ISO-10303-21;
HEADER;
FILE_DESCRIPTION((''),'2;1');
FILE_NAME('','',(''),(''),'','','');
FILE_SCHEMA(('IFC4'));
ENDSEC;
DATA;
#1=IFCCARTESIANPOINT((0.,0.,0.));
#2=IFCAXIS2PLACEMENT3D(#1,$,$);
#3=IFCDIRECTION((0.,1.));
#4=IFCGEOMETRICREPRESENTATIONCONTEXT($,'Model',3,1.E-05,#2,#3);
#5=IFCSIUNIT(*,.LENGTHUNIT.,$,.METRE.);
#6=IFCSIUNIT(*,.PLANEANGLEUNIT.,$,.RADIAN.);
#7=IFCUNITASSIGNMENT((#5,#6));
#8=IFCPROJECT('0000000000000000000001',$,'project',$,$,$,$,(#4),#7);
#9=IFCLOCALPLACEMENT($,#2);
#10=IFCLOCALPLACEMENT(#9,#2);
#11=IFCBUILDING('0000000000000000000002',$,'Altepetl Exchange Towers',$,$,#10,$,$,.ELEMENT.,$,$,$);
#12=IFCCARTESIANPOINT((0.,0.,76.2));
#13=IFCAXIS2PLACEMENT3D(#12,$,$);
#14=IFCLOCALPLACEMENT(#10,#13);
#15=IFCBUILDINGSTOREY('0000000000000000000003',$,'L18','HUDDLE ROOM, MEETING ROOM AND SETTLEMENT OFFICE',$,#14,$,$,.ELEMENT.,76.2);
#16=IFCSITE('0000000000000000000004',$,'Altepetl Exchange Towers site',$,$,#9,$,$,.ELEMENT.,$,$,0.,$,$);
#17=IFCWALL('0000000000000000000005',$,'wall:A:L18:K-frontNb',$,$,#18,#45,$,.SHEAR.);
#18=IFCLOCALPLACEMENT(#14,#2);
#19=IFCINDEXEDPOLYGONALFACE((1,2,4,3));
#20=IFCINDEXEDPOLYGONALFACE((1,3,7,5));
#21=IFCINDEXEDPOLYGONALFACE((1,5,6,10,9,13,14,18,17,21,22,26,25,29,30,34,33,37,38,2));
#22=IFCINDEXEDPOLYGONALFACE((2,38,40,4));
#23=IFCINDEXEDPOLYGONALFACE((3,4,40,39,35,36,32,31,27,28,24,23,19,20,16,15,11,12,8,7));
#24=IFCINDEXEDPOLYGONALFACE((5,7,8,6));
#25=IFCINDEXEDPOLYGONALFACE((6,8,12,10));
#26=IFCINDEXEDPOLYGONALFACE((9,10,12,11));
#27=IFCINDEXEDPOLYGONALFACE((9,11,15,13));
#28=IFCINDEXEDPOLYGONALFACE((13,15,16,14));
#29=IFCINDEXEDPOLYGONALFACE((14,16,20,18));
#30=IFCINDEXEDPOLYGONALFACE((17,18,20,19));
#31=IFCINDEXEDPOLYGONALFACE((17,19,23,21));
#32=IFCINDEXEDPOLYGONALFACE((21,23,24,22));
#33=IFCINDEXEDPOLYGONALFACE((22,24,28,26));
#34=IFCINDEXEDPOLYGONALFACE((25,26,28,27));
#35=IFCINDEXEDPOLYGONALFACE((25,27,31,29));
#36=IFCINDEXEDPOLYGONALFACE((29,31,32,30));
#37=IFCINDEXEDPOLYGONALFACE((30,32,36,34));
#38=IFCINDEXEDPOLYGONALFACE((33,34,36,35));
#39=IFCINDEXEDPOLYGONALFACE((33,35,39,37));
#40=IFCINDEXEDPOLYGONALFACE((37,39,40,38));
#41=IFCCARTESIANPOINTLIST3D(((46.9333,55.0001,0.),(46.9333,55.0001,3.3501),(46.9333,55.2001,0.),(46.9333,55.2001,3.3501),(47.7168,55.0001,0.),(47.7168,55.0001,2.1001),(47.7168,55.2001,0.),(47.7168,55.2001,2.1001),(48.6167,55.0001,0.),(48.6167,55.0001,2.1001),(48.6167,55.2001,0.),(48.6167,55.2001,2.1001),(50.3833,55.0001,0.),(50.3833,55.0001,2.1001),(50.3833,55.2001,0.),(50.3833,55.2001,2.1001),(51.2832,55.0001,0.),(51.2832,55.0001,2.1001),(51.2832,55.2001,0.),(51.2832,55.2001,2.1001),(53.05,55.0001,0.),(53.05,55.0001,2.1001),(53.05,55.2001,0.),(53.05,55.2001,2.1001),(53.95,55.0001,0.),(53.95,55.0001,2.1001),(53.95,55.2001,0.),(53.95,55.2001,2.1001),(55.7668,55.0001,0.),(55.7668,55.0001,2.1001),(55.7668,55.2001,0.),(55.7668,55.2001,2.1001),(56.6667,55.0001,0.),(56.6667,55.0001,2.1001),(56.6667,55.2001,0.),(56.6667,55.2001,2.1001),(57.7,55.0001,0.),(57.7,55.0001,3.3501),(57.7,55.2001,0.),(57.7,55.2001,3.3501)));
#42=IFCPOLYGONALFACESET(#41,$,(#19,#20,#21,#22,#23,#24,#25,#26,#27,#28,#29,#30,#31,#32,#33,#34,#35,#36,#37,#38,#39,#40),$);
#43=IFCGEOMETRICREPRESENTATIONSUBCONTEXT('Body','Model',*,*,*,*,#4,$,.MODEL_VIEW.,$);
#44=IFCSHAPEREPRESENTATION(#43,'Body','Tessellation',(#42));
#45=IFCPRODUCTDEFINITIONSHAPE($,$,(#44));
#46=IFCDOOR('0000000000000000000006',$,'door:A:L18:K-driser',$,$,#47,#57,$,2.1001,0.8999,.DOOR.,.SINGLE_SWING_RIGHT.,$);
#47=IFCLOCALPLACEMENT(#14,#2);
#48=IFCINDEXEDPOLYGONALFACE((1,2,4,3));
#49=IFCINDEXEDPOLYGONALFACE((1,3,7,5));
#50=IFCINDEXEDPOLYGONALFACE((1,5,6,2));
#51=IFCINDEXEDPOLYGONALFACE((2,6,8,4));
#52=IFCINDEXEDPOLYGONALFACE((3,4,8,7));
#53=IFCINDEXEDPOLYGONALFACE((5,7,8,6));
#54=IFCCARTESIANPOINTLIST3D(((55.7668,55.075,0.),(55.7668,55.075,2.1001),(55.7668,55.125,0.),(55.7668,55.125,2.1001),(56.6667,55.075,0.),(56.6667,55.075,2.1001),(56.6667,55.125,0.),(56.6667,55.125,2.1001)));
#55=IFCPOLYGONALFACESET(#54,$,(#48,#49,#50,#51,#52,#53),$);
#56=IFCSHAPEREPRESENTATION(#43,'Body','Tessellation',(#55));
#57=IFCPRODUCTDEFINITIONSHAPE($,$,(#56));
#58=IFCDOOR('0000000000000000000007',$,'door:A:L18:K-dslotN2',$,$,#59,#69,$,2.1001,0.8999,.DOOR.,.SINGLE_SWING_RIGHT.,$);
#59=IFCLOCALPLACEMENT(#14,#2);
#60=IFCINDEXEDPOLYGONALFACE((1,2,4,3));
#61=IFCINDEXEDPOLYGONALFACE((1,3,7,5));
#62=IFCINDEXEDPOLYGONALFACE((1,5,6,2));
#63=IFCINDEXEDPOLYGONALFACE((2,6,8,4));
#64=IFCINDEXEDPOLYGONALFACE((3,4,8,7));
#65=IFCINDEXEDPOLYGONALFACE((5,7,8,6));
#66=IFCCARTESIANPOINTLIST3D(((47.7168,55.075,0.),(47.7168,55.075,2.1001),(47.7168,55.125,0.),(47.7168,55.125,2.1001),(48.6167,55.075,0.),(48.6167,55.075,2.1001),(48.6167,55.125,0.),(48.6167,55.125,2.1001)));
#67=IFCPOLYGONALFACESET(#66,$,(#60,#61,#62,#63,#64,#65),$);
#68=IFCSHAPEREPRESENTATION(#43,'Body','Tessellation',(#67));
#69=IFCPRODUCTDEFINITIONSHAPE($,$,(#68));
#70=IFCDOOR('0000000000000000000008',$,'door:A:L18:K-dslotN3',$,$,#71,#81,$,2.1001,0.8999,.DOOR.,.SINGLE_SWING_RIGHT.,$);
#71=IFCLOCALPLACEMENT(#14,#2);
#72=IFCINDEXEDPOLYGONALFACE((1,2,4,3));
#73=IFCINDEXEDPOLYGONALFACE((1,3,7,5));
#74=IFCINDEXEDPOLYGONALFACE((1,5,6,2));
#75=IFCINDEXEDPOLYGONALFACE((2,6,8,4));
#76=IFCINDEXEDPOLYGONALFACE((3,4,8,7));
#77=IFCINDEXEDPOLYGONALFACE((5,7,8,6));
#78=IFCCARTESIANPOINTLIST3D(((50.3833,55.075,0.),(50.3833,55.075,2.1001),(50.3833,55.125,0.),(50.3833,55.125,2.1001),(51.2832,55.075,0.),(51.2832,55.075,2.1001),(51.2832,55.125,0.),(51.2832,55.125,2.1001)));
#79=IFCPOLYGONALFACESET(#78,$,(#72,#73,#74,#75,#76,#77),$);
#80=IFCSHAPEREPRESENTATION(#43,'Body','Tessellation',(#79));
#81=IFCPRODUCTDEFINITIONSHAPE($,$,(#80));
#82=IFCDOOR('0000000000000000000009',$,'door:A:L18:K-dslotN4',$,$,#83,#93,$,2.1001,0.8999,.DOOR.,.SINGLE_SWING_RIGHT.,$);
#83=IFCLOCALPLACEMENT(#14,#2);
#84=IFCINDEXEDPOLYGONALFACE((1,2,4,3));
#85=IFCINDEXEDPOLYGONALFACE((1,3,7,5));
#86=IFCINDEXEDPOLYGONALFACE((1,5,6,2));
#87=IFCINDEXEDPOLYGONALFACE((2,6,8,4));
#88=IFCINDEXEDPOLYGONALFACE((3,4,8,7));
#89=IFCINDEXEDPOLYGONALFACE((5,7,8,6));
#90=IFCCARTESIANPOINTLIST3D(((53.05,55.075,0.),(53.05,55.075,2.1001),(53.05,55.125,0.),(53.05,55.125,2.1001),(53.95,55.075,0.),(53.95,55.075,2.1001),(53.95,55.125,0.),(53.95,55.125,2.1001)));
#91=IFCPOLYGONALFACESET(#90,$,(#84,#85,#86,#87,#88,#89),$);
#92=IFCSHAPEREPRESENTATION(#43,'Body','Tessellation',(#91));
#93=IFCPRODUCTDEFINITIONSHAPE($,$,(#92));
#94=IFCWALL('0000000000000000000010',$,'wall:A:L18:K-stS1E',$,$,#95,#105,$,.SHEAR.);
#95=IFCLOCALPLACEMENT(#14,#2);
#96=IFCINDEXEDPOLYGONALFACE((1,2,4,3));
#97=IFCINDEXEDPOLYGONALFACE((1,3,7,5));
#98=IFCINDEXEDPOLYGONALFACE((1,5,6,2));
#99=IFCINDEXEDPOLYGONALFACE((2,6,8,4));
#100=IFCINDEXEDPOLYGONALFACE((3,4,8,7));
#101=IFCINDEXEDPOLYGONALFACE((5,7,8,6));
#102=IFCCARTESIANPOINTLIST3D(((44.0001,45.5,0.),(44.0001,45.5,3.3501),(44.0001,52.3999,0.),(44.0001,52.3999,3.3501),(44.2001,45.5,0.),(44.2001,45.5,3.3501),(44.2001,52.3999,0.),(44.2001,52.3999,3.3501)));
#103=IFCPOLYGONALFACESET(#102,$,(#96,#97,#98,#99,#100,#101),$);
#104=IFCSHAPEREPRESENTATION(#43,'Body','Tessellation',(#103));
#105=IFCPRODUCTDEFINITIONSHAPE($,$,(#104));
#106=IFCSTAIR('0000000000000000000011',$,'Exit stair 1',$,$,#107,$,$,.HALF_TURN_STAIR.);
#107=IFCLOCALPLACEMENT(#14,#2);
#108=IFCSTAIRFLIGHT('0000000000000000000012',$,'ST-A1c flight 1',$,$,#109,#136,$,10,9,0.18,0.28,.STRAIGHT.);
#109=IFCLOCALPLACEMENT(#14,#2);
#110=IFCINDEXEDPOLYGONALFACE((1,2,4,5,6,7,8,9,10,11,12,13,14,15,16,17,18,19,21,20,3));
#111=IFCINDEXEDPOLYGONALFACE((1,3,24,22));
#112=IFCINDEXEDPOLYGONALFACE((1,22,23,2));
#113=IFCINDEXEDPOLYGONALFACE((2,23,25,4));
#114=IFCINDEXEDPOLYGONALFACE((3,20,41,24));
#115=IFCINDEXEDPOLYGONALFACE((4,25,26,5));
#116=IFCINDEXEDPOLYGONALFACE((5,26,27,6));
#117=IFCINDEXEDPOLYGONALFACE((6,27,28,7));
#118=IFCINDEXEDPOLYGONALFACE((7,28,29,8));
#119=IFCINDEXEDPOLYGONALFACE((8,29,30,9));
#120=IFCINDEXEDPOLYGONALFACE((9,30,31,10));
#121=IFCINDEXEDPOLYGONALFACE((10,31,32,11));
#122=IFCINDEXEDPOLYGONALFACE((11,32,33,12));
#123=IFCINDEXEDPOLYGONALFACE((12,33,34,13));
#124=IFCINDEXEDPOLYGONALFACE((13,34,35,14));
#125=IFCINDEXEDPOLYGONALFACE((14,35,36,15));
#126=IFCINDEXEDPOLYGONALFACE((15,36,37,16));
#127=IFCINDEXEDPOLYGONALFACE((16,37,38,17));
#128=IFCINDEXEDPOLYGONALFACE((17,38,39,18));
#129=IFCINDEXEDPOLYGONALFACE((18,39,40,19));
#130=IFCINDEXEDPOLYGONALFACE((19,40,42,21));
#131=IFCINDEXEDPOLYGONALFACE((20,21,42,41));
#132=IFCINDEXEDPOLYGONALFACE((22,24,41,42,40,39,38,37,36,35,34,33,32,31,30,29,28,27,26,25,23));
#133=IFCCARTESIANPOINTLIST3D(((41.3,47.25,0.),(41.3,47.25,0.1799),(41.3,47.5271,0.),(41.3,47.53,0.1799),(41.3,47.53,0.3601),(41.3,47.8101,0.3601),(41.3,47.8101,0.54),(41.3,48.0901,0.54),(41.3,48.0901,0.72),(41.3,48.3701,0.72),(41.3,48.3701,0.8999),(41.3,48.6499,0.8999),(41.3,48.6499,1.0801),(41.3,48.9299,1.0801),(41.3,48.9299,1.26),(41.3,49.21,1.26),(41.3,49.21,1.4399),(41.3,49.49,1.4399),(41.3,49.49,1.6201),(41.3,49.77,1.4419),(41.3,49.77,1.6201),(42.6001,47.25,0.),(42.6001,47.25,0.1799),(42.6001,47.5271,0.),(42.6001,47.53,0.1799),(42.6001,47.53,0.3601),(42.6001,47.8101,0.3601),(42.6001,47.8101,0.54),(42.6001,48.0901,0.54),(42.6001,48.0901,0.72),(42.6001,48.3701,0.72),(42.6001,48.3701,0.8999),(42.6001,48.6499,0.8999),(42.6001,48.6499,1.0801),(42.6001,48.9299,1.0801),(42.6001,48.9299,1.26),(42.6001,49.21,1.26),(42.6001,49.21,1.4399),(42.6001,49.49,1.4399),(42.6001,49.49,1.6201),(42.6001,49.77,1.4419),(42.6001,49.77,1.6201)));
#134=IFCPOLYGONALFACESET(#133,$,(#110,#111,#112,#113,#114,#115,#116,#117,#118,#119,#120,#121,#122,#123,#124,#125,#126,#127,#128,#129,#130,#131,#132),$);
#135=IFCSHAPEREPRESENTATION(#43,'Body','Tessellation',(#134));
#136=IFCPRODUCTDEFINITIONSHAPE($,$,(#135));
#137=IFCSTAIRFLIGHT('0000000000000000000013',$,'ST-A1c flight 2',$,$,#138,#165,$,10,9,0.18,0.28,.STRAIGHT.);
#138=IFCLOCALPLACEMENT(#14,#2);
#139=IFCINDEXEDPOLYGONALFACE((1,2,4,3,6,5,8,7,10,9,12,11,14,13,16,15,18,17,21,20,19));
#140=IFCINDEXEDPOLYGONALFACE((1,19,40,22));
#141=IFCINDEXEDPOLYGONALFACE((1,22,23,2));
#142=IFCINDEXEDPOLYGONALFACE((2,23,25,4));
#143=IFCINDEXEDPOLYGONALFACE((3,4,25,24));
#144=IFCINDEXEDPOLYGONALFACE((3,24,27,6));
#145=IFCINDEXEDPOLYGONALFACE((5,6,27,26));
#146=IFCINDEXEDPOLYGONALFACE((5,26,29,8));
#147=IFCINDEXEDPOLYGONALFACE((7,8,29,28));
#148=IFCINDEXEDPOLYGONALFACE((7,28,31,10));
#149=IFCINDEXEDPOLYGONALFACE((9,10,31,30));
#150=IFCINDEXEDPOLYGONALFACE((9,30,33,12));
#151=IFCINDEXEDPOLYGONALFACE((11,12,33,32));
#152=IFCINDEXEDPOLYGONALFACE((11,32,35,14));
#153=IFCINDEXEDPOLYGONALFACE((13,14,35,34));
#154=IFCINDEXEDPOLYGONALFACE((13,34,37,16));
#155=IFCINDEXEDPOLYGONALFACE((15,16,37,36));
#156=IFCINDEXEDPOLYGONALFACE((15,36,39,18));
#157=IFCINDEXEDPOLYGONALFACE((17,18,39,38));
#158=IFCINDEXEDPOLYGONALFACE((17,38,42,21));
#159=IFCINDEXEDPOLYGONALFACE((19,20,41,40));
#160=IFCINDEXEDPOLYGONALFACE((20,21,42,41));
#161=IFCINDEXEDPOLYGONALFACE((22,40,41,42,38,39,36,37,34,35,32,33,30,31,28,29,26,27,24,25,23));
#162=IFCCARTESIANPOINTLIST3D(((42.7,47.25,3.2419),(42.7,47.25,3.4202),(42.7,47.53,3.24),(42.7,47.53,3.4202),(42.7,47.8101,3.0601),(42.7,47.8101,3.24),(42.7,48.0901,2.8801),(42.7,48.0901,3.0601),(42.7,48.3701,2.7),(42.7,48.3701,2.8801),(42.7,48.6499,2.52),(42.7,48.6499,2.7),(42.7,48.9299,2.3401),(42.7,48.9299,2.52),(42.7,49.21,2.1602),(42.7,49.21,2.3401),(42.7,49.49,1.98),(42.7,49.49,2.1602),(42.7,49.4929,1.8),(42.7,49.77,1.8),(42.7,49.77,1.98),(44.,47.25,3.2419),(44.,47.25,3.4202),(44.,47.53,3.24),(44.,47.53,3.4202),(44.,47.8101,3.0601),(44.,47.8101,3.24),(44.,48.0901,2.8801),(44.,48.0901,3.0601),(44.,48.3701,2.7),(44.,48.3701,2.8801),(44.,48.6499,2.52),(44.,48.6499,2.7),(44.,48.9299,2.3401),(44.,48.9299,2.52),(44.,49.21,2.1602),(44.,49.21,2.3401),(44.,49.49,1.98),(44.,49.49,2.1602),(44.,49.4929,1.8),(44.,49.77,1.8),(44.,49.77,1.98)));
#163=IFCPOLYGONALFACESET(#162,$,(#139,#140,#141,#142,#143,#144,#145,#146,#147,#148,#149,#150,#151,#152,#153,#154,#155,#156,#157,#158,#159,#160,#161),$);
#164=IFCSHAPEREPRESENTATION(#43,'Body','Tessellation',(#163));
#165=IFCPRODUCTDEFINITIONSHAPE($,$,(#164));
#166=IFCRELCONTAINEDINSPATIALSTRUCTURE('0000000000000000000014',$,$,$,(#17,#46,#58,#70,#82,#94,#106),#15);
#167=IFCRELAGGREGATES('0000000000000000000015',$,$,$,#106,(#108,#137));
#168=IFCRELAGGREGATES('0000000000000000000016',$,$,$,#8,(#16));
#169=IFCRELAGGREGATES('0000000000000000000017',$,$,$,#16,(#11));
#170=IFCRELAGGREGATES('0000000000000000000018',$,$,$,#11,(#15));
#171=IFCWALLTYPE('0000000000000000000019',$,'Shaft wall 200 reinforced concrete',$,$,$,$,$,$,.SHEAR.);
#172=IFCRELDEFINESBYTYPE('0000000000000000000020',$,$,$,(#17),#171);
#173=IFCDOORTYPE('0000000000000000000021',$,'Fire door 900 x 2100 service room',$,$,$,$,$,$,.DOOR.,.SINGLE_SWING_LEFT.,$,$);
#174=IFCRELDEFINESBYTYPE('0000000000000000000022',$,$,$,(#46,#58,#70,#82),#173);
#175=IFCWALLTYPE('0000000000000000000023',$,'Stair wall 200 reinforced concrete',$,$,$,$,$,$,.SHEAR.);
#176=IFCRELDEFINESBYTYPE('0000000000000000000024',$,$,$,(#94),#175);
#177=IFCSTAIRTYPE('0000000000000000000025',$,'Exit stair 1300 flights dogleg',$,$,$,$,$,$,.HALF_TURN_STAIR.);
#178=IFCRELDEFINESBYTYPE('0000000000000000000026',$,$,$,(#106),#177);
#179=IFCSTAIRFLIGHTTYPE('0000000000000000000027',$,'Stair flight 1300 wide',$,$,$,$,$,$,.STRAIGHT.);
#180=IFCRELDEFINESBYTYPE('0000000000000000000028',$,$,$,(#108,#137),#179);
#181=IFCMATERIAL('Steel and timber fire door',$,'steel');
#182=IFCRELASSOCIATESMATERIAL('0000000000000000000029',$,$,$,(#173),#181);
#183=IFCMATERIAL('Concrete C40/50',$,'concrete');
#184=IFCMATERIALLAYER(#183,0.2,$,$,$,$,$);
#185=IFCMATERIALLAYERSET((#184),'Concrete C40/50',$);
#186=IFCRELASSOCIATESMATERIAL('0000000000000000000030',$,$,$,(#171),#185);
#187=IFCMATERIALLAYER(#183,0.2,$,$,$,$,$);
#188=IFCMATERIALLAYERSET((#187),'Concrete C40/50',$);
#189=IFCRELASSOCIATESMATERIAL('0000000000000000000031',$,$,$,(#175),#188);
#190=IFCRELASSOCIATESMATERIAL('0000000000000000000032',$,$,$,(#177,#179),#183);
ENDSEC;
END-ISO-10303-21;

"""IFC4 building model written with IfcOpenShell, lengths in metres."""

from ifc_helpers import new_model, si_unit, direction, frame, frame_2d, origin, place, context, subcontext, project, spatial, polyline, rectangle, outline, extrude, material, layer, layer_set, type_object, element, fill, aggregate, save


model = new_model("IFC4")

# Units and contexts
model_context = context("Model", 3, precision=1e-05, world=origin(), true_north=direction((0.0, 1.0)))
body_context = subcontext(model_context, "Body", "Model", "MODEL_VIEW")
ifc_project = project(units=[si_unit("LENGTHUNIT", "METRE"), si_unit("PLANEANGLEUNIT", "RADIAN")], contexts=[model_context])

# Site, building, storey
site_placement = place(None, origin())
site = spatial("IfcSite", under=ifc_project, at=site_placement, Name="Altepetl Exchange Towers site", CompositionType="ELEMENT", RefElevation=0.0)
building_placement = place(site_placement, origin())
building = spatial("IfcBuilding", under=site, at=building_placement, Name="Altepetl Exchange Towers", CompositionType="ELEMENT")
storey_placement = place(building_placement, frame((0.0, 0.0, 76.2)))
storey = spatial("IfcBuildingStorey", under=building, at=storey_placement, Name="L18", Description="HUDDLE ROOM, MEETING ROOM AND SETTLEMENT OFFICE", CompositionType="ELEMENT", Elevation=76.2)

# Shared definitions
ifc_material_1 = material(Name="Steel and timber fire door", Category="steel")
door_type_1 = type_object("IfcDoorType", Name="Fire door 900 x 2100 service room", OperationType="SINGLE_SWING_LEFT", PredefinedType="DOOR", material=ifc_material_1)

# Shared definitions
ifc_material_2 = material(Name="Concrete C40/50", Category="concrete")
ifc_layer_1 = layer(ifc_material_2, 0.2)
ifc_layer_set_1 = layer_set([ifc_layer_1], Name="Concrete C40/50")
wall_type_1 = type_object("IfcWallType", Name="Shaft wall 200 reinforced concrete", PredefinedType="SHEAR", material=ifc_layer_set_1)

# Wall, openings, doors
wall_1_placement = place(storey_placement, frame((46.9333, 55.1001, 0.0)))
wall_1 = element("IfcWall", 1, at=wall_1_placement, inside=storey, type_object=wall_type_1, Name="wall:A:L18:K-frontNb", PredefinedType="SHEAR", context=body_context, shape_type="SweptSolid", body=[
    extrude(rectangle(XDim=10.7666, YDim=0.2, at=frame_2d((5.3833, 0.0))), origin(), (0.0, 0.0, 1.0), 3.3501),
])
opening_1_placement = place(wall_1_placement, frame((8.8335, 0.0, 0.0)))
opening_1 = element("IfcOpeningElement", 2, at=opening_1_placement, cuts=wall_1, PredefinedType="OPENING", context=body_context, shape_type="SweptSolid", body=[
    extrude(rectangle(XDim=0.8999, YDim=2.1001, at=frame_2d((0.45, 1.05))), frame((0.0, 0.1099, 0.0), z_axis=(0.0, -1.0, 0.0), x_axis=(1.0, 0.0, 0.0)), (0.0, 0.0, 1.0), 0.22),
])
opening_2_placement = place(wall_1_placement, frame((0.7834, 0.0, 0.0)))
opening_2 = element("IfcOpeningElement", 3, at=opening_2_placement, cuts=wall_1, PredefinedType="OPENING", context=body_context, shape_type="SweptSolid", body=[
    extrude(rectangle(XDim=0.8999, YDim=2.1001, at=frame_2d((0.45, 1.05))), frame((0.0, 0.1099, 0.0), z_axis=(0.0, -1.0, 0.0), x_axis=(1.0, 0.0, 0.0)), (0.0, 0.0, 1.0), 0.22),
])
opening_3_placement = place(wall_1_placement, frame((3.45, 0.0, 0.0)))
opening_3 = element("IfcOpeningElement", 4, at=opening_3_placement, cuts=wall_1, PredefinedType="OPENING", context=body_context, shape_type="SweptSolid", body=[
    extrude(rectangle(XDim=0.8999, YDim=2.1001, at=frame_2d((0.45, 1.05))), frame((0.0, 0.1099, 0.0), z_axis=(0.0, -1.0, 0.0), x_axis=(1.0, 0.0, 0.0)), (0.0, 0.0, 1.0), 0.22),
])
opening_4_placement = place(wall_1_placement, frame((6.1167, 0.0, 0.0)))
opening_4 = element("IfcOpeningElement", 5, at=opening_4_placement, cuts=wall_1, PredefinedType="OPENING", context=body_context, shape_type="SweptSolid", body=[
    extrude(rectangle(XDim=0.8999, YDim=2.1001, at=frame_2d((0.45, 1.05))), frame((0.0, 0.1099, 0.0), z_axis=(0.0, -1.0, 0.0), x_axis=(1.0, 0.0, 0.0)), (0.0, 0.0, 1.0), 0.22),
])
door_1_placement = place(opening_1_placement, origin())
door_1 = element("IfcDoor", 6, at=door_1_placement, inside=storey, type_object=door_type_1, Name="door:A:L18:K-driser", OperationType="SINGLE_SWING_RIGHT", OverallHeight=2.1001, OverallWidth=0.8999, PredefinedType="DOOR", context=body_context, shape_type="SweptSolid", body=[
    extrude(rectangle(XDim=0.8999, YDim=2.1001, at=frame_2d((0.45, 1.05))), frame((0.0, 0.0249, 0.0), z_axis=(0.0, -1.0, 0.0), x_axis=(1.0, 0.0, 0.0)), (0.0, 0.0, 1.0), 0.05),
])
fill(opening_1, door_1)
door_2_placement = place(opening_2_placement, origin())
door_2 = element("IfcDoor", 7, at=door_2_placement, inside=storey, type_object=door_type_1, Name="door:A:L18:K-dslotN2", OperationType="SINGLE_SWING_RIGHT", OverallHeight=2.1001, OverallWidth=0.8999, PredefinedType="DOOR", context=body_context, shape_type="SweptSolid", body=[
    extrude(rectangle(XDim=0.8999, YDim=2.1001, at=frame_2d((0.45, 1.05))), frame((0.0, 0.0249, 0.0), z_axis=(0.0, -1.0, 0.0), x_axis=(1.0, 0.0, 0.0)), (0.0, 0.0, 1.0), 0.05),
])
fill(opening_2, door_2)
door_3_placement = place(opening_3_placement, origin())
door_3 = element("IfcDoor", 8, at=door_3_placement, inside=storey, type_object=door_type_1, Name="door:A:L18:K-dslotN3", OperationType="SINGLE_SWING_RIGHT", OverallHeight=2.1001, OverallWidth=0.8999, PredefinedType="DOOR", context=body_context, shape_type="SweptSolid", body=[
    extrude(rectangle(XDim=0.8999, YDim=2.1001, at=frame_2d((0.45, 1.05))), frame((0.0, 0.0249, 0.0), z_axis=(0.0, -1.0, 0.0), x_axis=(1.0, 0.0, 0.0)), (0.0, 0.0, 1.0), 0.05),
])
fill(opening_3, door_3)
door_4_placement = place(opening_4_placement, origin())
door_4 = element("IfcDoor", 9, at=door_4_placement, inside=storey, type_object=door_type_1, Name="door:A:L18:K-dslotN4", OperationType="SINGLE_SWING_RIGHT", OverallHeight=2.1001, OverallWidth=0.8999, PredefinedType="DOOR", context=body_context, shape_type="SweptSolid", body=[
    extrude(rectangle(XDim=0.8999, YDim=2.1001, at=frame_2d((0.45, 1.05))), frame((0.0, 0.0249, 0.0), z_axis=(0.0, -1.0, 0.0), x_axis=(1.0, 0.0, 0.0)), (0.0, 0.0, 1.0), 0.05),
])
fill(opening_4, door_4)

# Wall
ifc_layer_2 = layer(ifc_material_2, 0.2)
ifc_layer_set_2 = layer_set([ifc_layer_2], Name="Concrete C40/50")
wall_type_2 = type_object("IfcWallType", Name="Stair wall 200 reinforced concrete", PredefinedType="SHEAR", material=ifc_layer_set_2)
wall_2_placement = place(storey_placement, frame((44.1001, 45.5, 0.0), z_axis=(0.0, 0.0, 1.0), x_axis=(0.0, 1.0, 0.0)))
element("IfcWall", 10, at=wall_2_placement, inside=storey, type_object=wall_type_2, Name="wall:A:L18:K-stS1E", PredefinedType="SHEAR", context=body_context, shape_type="SweptSolid", body=[
    extrude(rectangle(XDim=6.8999, YDim=0.2, at=frame_2d((3.45, 0.0))), origin(), (0.0, 0.0, 1.0), 3.3501),
])

# Stair, stair flights
stair_type = type_object("IfcStairType", Name="Exit stair 1300 flights dogleg", PredefinedType="HALF_TURN_STAIR", material=ifc_material_2)
stair_placement = place(storey_placement, origin())
stair = element("IfcStair", 11, at=stair_placement, inside=storey, type_object=stair_type, Name="Exit stair 1", PredefinedType="HALF_TURN_STAIR")
stair_flight_type = type_object("IfcStairFlightType", Name="Stair flight 1300 wide", PredefinedType="STRAIGHT", material=ifc_material_2)
stair_flight_1_placement = place(storey_placement, frame((41.95, 47.25, 0.0), z_axis=(0.0, 0.0, 1.0), x_axis=(0.0, 1.0, 0.0)))
stair_flight_1 = element("IfcStairFlight", 12, at=stair_flight_1_placement, type_object=stair_flight_type, Name="ST-A1c flight 1", NumberOfRisers=10, NumberOfTreads=9, PredefinedType="STRAIGHT", RiserHeight=0.18, TreadLength=0.28, context=body_context, shape_type="SweptSolid", body=[
    extrude(outline(polyline([(0.0, 0.0), (0.0, 0.1799), (0.28, 0.1799), (0.28, 0.3601), (0.5601, 0.3601), (0.5601, 0.54), (0.8401, 0.54), (0.8401, 0.72), (1.1201, 0.72), (1.1201, 0.8999), (1.3999, 0.8999), (1.3999, 1.0801), (1.6799, 1.0801), (1.6799, 1.26), (1.96, 1.26), (1.96, 1.4399), (2.24, 1.4399), (2.24, 1.6201), (2.52, 1.6201), (2.52, 1.8), (2.52, 1.4419), (0.2771, 0.0), (0.0, 0.0)])), frame((0.0, 0.6499, 0.0), z_axis=(0.0, -1.0, 0.0), x_axis=(1.0, 0.0, 0.0)), (0.0, 0.0, 1.0), 1.3),
])
stair_flight_2_placement = place(storey_placement, frame((43.3501, 49.77, 1.8), z_axis=(0.0, 0.0, 1.0), x_axis=(0.0, -1.0, 0.0)))
stair_flight_2 = element("IfcStairFlight", 13, at=stair_flight_2_placement, type_object=stair_flight_type, Name="ST-A1c flight 2", NumberOfRisers=10, NumberOfTreads=9, PredefinedType="STRAIGHT", RiserHeight=0.18, TreadLength=0.28, context=body_context, shape_type="SweptSolid", body=[
    extrude(outline(polyline([(0.0, 0.0), (0.0, 0.1799), (0.28, 0.1799), (0.28, 0.3601), (0.5601, 0.3601), (0.5601, 0.54), (0.8401, 0.54), (0.8401, 0.72), (1.1201, 0.72), (1.1201, 0.8999), (1.3999, 0.8999), (1.3999, 1.0801), (1.6799, 1.0801), (1.6799, 1.26), (1.96, 1.26), (1.96, 1.4399), (2.24, 1.4399), (2.24, 1.6201), (2.52, 1.6201), (2.52, 1.8), (2.52, 1.4419), (0.2771, 0.0), (0.0, 0.0)])), frame((0.0, 0.6499, 0.0), z_axis=(0.0, -1.0, 0.0), x_axis=(1.0, 0.0, 0.0)), (0.0, 0.0, 1.0), 1.3),
])
aggregate(stair, [stair_flight_1, stair_flight_2])

save(model, "model.ifc")
